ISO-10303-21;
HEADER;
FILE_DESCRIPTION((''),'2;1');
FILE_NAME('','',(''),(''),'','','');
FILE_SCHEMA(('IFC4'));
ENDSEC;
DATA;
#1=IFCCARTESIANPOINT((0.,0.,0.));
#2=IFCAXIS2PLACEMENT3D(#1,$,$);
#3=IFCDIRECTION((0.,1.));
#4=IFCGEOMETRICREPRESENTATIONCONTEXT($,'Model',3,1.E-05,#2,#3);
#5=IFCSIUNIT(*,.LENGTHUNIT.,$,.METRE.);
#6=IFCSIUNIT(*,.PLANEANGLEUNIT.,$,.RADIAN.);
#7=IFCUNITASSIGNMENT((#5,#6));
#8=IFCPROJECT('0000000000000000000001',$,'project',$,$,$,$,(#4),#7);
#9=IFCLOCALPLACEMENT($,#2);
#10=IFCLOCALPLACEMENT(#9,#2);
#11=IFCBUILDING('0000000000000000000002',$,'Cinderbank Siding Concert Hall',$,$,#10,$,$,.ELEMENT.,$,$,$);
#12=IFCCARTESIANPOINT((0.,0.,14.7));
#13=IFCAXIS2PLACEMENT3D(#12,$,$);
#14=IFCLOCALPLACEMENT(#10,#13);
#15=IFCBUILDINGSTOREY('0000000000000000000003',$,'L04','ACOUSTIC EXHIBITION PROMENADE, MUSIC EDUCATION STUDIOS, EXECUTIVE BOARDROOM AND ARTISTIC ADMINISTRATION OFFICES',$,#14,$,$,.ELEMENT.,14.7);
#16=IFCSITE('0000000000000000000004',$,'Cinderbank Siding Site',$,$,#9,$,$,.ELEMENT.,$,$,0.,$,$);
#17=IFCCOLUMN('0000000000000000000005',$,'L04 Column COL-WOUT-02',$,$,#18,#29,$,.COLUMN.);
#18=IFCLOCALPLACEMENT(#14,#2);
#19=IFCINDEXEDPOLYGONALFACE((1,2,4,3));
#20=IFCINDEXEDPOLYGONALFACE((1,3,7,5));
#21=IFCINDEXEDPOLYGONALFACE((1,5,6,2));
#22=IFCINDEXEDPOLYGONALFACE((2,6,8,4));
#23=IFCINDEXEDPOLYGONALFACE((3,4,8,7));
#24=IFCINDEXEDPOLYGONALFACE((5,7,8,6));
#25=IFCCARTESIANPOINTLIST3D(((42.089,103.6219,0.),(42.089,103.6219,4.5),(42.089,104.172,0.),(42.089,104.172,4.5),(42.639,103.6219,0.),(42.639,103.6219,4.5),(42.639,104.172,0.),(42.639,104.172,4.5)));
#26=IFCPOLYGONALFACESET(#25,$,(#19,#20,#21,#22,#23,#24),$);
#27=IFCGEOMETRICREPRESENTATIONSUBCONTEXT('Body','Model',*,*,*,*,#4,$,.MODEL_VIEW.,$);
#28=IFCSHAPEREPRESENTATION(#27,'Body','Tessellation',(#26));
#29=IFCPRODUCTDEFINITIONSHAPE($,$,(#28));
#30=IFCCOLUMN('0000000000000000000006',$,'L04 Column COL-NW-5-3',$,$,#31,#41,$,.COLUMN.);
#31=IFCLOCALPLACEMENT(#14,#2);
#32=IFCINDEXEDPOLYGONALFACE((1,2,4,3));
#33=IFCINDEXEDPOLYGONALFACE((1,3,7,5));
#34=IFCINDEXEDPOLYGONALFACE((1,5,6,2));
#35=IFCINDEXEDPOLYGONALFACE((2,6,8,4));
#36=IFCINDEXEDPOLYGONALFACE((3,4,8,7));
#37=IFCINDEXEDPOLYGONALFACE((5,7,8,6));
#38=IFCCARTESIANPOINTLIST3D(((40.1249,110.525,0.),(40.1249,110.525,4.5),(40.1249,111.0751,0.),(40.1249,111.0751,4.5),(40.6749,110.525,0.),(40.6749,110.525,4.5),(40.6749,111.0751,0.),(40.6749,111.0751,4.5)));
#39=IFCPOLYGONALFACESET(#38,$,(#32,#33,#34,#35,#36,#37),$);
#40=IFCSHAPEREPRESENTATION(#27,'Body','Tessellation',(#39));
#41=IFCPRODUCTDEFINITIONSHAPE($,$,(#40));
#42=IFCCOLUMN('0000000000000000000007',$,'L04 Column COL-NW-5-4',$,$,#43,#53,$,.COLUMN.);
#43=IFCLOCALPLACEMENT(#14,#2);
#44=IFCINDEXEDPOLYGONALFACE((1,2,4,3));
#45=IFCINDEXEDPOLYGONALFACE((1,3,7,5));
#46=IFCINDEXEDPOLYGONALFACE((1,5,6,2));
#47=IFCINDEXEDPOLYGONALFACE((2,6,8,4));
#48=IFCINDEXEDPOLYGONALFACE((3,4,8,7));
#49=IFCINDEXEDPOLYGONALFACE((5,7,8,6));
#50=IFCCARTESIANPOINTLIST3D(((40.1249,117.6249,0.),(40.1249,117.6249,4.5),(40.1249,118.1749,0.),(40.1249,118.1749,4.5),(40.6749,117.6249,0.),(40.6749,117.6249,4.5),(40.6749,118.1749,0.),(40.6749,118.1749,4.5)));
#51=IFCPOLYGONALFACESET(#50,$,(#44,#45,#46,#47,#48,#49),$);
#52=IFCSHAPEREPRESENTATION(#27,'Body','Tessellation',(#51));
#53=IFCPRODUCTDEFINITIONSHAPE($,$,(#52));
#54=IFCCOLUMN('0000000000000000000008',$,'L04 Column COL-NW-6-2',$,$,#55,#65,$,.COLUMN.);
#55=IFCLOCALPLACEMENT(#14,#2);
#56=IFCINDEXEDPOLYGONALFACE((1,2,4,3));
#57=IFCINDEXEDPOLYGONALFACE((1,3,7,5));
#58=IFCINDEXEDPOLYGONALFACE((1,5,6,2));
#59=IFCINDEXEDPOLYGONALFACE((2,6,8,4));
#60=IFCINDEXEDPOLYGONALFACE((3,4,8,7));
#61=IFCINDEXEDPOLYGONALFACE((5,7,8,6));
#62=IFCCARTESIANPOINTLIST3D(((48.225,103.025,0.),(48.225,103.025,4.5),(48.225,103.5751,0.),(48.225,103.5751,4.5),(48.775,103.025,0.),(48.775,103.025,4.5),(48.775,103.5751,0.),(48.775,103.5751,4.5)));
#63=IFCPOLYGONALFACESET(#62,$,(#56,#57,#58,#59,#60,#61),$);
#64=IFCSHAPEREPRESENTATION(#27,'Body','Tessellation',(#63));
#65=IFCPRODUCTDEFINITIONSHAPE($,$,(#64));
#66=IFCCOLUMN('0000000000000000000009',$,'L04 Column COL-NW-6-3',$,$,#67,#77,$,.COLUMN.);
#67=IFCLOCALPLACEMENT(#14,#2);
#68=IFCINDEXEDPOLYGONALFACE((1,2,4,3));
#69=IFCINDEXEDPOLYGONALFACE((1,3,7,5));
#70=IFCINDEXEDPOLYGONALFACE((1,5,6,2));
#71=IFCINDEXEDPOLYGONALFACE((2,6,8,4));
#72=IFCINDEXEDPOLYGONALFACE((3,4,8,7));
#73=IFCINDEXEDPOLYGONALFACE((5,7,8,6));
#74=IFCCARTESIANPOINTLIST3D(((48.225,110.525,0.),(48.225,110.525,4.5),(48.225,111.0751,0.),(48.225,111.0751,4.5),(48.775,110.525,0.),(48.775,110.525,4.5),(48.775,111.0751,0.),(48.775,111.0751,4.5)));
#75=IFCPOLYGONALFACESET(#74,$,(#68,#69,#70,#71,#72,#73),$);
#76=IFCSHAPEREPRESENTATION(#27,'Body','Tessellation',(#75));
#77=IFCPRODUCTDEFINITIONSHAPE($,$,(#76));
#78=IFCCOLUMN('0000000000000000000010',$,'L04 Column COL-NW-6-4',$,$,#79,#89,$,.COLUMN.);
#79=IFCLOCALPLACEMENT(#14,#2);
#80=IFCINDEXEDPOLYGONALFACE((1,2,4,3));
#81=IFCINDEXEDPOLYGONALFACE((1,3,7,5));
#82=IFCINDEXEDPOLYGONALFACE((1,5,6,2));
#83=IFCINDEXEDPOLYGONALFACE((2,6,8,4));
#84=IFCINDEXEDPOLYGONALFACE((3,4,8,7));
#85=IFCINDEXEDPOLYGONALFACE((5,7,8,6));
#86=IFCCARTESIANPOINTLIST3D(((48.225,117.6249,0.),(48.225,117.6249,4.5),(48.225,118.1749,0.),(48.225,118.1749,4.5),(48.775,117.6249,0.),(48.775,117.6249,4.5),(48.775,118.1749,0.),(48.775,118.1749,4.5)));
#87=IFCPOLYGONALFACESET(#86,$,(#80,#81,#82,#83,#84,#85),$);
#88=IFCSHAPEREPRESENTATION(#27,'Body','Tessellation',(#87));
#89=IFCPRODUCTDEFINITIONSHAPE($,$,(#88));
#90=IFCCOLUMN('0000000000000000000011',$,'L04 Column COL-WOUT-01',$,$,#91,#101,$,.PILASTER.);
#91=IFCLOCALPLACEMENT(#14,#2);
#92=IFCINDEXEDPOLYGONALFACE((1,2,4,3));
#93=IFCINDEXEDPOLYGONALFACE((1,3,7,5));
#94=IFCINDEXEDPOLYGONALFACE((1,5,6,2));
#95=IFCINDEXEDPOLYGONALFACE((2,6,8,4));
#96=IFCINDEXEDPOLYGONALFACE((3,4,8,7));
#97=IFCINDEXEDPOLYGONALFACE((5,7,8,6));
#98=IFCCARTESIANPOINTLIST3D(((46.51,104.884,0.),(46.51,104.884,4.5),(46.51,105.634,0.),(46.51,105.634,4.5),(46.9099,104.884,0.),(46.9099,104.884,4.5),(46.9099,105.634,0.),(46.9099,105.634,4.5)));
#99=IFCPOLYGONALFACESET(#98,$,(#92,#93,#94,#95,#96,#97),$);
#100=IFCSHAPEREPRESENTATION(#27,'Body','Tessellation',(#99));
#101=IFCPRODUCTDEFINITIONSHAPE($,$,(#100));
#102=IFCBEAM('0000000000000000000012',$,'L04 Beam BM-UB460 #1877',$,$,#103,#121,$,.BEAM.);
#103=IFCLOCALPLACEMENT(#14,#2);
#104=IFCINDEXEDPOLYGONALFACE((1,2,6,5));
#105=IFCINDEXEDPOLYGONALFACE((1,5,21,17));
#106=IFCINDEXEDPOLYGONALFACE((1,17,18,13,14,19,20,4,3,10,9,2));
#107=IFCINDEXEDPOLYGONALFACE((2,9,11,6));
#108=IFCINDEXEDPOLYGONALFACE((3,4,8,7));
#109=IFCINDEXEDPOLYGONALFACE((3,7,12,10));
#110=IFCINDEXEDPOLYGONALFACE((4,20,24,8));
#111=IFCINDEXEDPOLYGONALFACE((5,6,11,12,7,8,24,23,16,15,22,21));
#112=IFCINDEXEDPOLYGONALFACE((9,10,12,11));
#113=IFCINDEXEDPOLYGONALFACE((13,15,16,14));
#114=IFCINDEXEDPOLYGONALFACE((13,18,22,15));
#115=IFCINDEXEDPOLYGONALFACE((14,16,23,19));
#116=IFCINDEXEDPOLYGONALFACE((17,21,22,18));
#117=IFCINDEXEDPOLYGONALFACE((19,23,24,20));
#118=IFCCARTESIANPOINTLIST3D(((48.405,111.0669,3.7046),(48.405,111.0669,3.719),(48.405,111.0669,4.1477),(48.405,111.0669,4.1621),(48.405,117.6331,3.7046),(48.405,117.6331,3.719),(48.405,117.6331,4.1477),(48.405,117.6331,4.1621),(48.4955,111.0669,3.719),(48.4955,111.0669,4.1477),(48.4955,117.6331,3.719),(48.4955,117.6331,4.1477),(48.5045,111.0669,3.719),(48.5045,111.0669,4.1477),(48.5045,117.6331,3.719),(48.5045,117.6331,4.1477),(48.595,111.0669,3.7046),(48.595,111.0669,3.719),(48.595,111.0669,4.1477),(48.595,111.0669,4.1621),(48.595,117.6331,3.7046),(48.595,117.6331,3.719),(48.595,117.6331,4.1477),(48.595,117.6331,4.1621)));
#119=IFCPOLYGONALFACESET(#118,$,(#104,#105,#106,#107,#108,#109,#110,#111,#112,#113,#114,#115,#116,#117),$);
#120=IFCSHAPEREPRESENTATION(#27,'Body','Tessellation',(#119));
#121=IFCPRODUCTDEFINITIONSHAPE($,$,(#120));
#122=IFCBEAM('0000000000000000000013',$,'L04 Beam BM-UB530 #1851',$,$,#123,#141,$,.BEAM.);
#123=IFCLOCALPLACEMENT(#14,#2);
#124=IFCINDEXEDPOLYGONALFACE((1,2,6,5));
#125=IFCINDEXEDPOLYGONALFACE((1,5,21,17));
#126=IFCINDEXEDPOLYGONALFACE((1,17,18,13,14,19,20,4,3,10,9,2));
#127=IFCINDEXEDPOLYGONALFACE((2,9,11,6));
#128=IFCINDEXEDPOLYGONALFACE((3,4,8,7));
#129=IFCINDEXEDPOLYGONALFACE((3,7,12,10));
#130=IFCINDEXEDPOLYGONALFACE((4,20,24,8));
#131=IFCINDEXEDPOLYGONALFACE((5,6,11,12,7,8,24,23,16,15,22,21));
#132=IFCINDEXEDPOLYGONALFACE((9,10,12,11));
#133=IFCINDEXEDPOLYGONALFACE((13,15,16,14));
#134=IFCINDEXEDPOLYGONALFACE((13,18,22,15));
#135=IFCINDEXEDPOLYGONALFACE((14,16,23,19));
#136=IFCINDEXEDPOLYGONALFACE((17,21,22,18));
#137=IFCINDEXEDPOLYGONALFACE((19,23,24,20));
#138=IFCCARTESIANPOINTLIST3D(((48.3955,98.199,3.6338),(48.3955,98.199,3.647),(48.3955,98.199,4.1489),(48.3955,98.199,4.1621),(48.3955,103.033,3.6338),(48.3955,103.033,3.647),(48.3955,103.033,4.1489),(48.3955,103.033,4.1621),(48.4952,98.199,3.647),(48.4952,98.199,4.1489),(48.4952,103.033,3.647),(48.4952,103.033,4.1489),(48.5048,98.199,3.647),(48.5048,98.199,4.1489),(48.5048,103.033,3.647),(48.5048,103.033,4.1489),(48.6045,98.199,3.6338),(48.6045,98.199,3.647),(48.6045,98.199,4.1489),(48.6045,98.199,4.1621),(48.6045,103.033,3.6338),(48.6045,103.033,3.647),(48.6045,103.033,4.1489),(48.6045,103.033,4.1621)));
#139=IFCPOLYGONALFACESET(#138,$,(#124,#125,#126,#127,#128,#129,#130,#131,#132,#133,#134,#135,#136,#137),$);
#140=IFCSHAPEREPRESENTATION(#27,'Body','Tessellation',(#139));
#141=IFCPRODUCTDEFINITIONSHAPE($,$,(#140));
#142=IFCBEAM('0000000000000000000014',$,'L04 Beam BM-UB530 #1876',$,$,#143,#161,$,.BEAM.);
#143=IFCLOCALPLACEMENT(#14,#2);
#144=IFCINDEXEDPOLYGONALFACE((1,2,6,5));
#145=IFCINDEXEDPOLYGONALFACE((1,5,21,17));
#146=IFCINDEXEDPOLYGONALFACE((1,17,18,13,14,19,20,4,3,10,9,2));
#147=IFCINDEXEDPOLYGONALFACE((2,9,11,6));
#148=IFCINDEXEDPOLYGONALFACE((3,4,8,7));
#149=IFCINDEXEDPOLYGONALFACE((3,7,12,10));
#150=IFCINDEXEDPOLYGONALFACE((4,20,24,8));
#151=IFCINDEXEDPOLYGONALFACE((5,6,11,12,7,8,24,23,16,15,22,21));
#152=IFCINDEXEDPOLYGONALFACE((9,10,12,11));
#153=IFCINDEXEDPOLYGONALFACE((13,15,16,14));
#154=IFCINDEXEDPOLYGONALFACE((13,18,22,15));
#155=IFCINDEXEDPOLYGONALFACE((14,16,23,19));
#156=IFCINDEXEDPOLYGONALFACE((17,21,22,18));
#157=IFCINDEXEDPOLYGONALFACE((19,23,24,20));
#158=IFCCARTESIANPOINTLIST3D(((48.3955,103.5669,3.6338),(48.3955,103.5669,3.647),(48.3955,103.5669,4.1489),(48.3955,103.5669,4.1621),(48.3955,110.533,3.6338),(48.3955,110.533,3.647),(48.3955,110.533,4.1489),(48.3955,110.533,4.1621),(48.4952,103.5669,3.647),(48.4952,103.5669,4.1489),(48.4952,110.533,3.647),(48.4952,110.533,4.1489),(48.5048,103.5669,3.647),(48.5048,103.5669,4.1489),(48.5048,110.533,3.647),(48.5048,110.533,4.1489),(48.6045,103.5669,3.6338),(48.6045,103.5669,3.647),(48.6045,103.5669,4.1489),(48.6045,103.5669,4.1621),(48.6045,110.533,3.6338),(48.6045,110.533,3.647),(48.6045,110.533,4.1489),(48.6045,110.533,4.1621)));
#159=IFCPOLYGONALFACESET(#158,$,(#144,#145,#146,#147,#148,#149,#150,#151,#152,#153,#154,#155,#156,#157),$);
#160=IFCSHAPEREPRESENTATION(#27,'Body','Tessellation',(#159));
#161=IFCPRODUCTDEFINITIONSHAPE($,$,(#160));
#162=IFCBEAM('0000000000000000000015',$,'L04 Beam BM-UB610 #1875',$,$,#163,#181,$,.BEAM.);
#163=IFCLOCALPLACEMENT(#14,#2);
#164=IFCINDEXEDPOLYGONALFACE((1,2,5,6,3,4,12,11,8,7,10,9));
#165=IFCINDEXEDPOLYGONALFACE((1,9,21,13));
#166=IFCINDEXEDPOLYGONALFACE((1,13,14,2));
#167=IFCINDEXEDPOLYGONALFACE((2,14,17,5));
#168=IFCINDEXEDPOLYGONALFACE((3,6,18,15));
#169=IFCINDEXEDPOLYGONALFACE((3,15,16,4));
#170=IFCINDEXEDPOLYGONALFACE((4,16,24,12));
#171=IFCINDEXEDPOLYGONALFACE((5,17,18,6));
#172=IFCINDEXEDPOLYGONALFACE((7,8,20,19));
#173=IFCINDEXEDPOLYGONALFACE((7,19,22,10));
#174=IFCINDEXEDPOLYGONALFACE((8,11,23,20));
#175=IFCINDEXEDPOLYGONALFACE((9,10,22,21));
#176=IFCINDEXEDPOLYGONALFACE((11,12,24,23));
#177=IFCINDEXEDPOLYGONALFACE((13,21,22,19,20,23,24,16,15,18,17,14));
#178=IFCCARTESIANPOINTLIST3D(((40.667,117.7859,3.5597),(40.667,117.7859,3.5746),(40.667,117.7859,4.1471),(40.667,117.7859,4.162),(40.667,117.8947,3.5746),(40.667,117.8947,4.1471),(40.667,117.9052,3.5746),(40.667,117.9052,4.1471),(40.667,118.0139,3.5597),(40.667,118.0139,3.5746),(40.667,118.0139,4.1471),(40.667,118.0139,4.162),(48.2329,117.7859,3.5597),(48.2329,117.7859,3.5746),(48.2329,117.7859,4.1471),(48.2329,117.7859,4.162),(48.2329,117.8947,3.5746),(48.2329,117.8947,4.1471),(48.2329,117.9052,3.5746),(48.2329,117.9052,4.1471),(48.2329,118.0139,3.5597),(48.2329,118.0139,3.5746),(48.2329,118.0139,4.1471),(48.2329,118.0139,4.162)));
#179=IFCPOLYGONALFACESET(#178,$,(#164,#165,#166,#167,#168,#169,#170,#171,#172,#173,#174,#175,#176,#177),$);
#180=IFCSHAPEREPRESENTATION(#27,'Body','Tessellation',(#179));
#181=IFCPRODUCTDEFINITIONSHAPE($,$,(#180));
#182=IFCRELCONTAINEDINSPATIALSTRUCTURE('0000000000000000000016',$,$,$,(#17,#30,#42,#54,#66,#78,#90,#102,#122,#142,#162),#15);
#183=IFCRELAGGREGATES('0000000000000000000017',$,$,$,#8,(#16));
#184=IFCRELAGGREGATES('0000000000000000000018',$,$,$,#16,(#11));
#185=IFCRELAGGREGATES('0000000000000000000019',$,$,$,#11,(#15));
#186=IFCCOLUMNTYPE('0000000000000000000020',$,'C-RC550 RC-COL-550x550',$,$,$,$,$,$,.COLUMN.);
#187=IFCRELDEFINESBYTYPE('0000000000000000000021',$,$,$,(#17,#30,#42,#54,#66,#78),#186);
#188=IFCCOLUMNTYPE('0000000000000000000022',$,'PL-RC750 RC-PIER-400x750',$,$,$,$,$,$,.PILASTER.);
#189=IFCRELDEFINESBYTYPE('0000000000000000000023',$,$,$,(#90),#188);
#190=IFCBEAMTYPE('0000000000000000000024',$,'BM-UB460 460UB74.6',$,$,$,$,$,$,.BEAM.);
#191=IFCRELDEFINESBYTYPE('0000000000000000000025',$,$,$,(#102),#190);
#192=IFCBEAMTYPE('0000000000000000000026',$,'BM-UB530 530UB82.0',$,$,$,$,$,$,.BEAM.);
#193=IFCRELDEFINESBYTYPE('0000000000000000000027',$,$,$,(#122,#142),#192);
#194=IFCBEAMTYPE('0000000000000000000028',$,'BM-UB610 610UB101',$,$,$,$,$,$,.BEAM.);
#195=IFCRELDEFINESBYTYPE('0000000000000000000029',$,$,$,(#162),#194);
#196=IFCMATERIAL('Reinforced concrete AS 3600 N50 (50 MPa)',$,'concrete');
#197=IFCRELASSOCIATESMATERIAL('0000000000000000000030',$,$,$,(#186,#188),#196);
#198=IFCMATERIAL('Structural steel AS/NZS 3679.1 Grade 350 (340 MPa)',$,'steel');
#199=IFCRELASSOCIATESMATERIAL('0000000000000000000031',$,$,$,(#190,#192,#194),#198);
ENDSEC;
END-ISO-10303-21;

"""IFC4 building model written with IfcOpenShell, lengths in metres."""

from ifc_helpers import new_model, si_unit, direction, frame, origin, origin_2d, place, context, subcontext, project, spatial, rectangle, i_section, extrude, material, material_profile, profile_set, type_object, element, save


model = new_model("IFC4")

# Units and contexts
model_context = context("Model", 3, precision=1e-05, world=origin(), true_north=direction((0.0, 1.0)))
body_context = subcontext(model_context, "Body", "Model", "MODEL_VIEW")
ifc_project = project(units=[si_unit("LENGTHUNIT", "METRE"), si_unit("PLANEANGLEUNIT", "RADIAN")], contexts=[model_context])

# Site, building, storey
site_placement = place(None, origin())
site = spatial("IfcSite", under=ifc_project, at=site_placement, Name="Cinderbank Siding Site", CompositionType="ELEMENT", RefElevation=0.0)
building_placement = place(site_placement, origin())
building = spatial("IfcBuilding", under=site, at=building_placement, Name="Cinderbank Siding Concert Hall", CompositionType="ELEMENT")
storey_placement = place(building_placement, frame((0.0, 0.0, 14.7)))
storey = spatial("IfcBuildingStorey", under=building, at=storey_placement, Name="L04", Description="ACOUSTIC EXHIBITION PROMENADE, MUSIC EDUCATION STUDIOS, EXECUTIVE BOARDROOM AND ARTISTIC ADMINISTRATION OFFICES", CompositionType="ELEMENT", Elevation=14.7)

# Columns
ifc_material_1 = material(Name="Reinforced concrete AS 3600 N50 (50 MPa)", Category="concrete")
ifc_material_profile_1 = material_profile(ifc_material_1, rectangle(XDim=0.55, YDim=0.55, at=origin_2d()), Name="RC-COL-550x550", Category="LoadBearing")
ifc_profile_set_1 = profile_set([ifc_material_profile_1], Name="Reinforced concrete AS 3600 N50 (50 MPa)")
column_type_1 = type_object("IfcColumnType", Name="C-RC550 RC-COL-550x550", PredefinedType="COLUMN", material=ifc_profile_set_1)
for number, where, z_axis, x_axis, name in (
    (1, (42.364, 103.897, 0.0), (0.0, 0.0, 1.0), (1.0, 0.0, 0.0), "L04 Column COL-WOUT-02"),
    (2, (40.3999, 110.8, 0.0), (0.0, 0.0, 1.0), (1.0, 0.0, 0.0), "L04 Column COL-NW-5-3"),
    (3, (40.3999, 117.8999, 0.0), (0.0, 0.0, 1.0), (1.0, 0.0, 0.0), "L04 Column COL-NW-5-4"),
    (4, (48.5, 103.3, 0.0), (0.0, 0.0, 1.0), (1.0, 0.0, 0.0), "L04 Column COL-NW-6-2"),
    (5, (48.5, 110.8, 0.0), (0.0, 0.0, 1.0), (1.0, 0.0, 0.0), "L04 Column COL-NW-6-3"),
    (6, (48.5, 117.8999, 0.0), (0.0, 0.0, 1.0), (1.0, 0.0, 0.0), "L04 Column COL-NW-6-4"),
):
    element("IfcColumn", number, at=place(storey_placement, frame(where, z_axis=z_axis, x_axis=x_axis)), inside=storey, type_object=column_type_1, Name=name, PredefinedType="COLUMN", context=body_context, shape_type="SweptSolid", body=[
        extrude(rectangle(XDim=0.55, YDim=0.55, at=origin_2d()), origin(), (0.0, 0.0, 1.0), 4.5),
    ])
ifc_material_profile_2 = material_profile(ifc_material_1, rectangle(XDim=0.3999, YDim=0.75, at=origin_2d()), Name="RC-PIER-400x750", Category="LoadBearing")
ifc_profile_set_2 = profile_set([ifc_material_profile_2], Name="Reinforced concrete AS 3600 N50 (50 MPa)")
column_type_2 = type_object("IfcColumnType", Name="PL-RC750 RC-PIER-400x750", PredefinedType="PILASTER", material=ifc_profile_set_2)
column_placement = place(storey_placement, frame((46.71, 105.259, 0.0), z_axis=(0.0, 0.0, 1.0), x_axis=(1.0, 0.0, 0.0)))
element("IfcColumn", 7, at=column_placement, inside=storey, type_object=column_type_2, Name="L04 Column COL-WOUT-01", PredefinedType="PILASTER", context=body_context, shape_type="SweptSolid", body=[
    extrude(rectangle(XDim=0.3999, YDim=0.75, at=origin_2d()), origin(), (0.0, 0.0, 1.0), 4.5),
])

# Beams
ifc_material_2 = material(Name="Structural steel AS/NZS 3679.1 Grade 350 (340 MPa)", Category="steel")
ifc_material_profile_3 = material_profile(ifc_material_2, i_section(OverallWidth=0.1899, OverallDepth=0.4575, WebThickness=0.009, FlangeThickness=0.0144, at=origin_2d()), Name="460UB74.6", Category="LoadBearing")
ifc_profile_set_3 = profile_set([ifc_material_profile_3], Name="Structural steel AS/NZS 3679.1 Grade 350 (340 MPa)")
beam_type_1 = type_object("IfcBeamType", Name="BM-UB460 460UB74.6", PredefinedType="BEAM", material=ifc_profile_set_3)
beam_1_placement = place(storey_placement, frame((48.5, 111.0669, 3.9333), z_axis=(0.0, 1.0, 0.0), x_axis=(-1.0, 0.0, 0.0)))
element("IfcBeam", 8, at=beam_1_placement, inside=storey, type_object=beam_type_1, Name="L04 Beam BM-UB460 #1877", PredefinedType="BEAM", context=body_context, shape_type="SweptSolid", body=[
    extrude(i_section(OverallWidth=0.1899, OverallDepth=0.4575, WebThickness=0.009, FlangeThickness=0.0144, at=origin_2d()), origin(), (0.0, 0.0, 1.0), 6.5662),
])
ifc_material_profile_4 = material_profile(ifc_material_2, i_section(OverallWidth=0.209, OverallDepth=0.5283, WebThickness=0.0095, FlangeThickness=0.0132, at=origin_2d()), Name="530UB82.0", Category="LoadBearing")
ifc_profile_set_4 = profile_set([ifc_material_profile_4], Name="Structural steel AS/NZS 3679.1 Grade 350 (340 MPa)")
beam_type_2 = type_object("IfcBeamType", Name="BM-UB530 530UB82.0", PredefinedType="BEAM", material=ifc_profile_set_4)
beam_2_placement = place(storey_placement, frame((48.5, 98.199, 3.8979), z_axis=(0.0, 1.0, 0.0), x_axis=(-1.0, 0.0, 0.0)))
element("IfcBeam", 9, at=beam_2_placement, inside=storey, type_object=beam_type_2, Name="L04 Beam BM-UB530 #1851", PredefinedType="BEAM", context=body_context, shape_type="SweptSolid", body=[
    extrude(i_section(OverallWidth=0.209, OverallDepth=0.5283, WebThickness=0.0095, FlangeThickness=0.0132, at=origin_2d()), origin(), (0.0, 0.0, 1.0), 4.834),
])
beam_3_placement = place(storey_placement, frame((48.5, 103.5669, 3.8979), z_axis=(0.0, 1.0, 0.0), x_axis=(-1.0, 0.0, 0.0)))
element("IfcBeam", 10, at=beam_3_placement, inside=storey, type_object=beam_type_2, Name="L04 Beam BM-UB530 #1876", PredefinedType="BEAM", context=body_context, shape_type="SweptSolid", body=[
    extrude(i_section(OverallWidth=0.209, OverallDepth=0.5283, WebThickness=0.0095, FlangeThickness=0.0132, at=origin_2d()), origin(), (0.0, 0.0, 1.0), 6.9661),
])
ifc_material_profile_5 = material_profile(ifc_material_2, i_section(OverallWidth=0.228, OverallDepth=0.6023, WebThickness=0.0105, FlangeThickness=0.0149, at=origin_2d()), Name="610UB101", Category="LoadBearing")
ifc_profile_set_5 = profile_set([ifc_material_profile_5], Name="Structural steel AS/NZS 3679.1 Grade 350 (340 MPa)")
beam_type_3 = type_object("IfcBeamType", Name="BM-UB610 610UB101", PredefinedType="BEAM", material=ifc_profile_set_5)
beam_4_placement = place(storey_placement, frame((40.667, 117.8999, 3.8608), z_axis=(1.0, 0.0, 0.0), x_axis=(0.0, 1.0, 0.0)))
element("IfcBeam", 11, at=beam_4_placement, inside=storey, type_object=beam_type_3, Name="L04 Beam BM-UB610 #1875", PredefinedType="BEAM", context=body_context, shape_type="SweptSolid", body=[
    extrude(i_section(OverallWidth=0.228, OverallDepth=0.6023, WebThickness=0.0105, FlangeThickness=0.0149, at=origin_2d()), origin(), (0.0, 0.0, 1.0), 7.5659),
])

save(model, "model.ifc")
